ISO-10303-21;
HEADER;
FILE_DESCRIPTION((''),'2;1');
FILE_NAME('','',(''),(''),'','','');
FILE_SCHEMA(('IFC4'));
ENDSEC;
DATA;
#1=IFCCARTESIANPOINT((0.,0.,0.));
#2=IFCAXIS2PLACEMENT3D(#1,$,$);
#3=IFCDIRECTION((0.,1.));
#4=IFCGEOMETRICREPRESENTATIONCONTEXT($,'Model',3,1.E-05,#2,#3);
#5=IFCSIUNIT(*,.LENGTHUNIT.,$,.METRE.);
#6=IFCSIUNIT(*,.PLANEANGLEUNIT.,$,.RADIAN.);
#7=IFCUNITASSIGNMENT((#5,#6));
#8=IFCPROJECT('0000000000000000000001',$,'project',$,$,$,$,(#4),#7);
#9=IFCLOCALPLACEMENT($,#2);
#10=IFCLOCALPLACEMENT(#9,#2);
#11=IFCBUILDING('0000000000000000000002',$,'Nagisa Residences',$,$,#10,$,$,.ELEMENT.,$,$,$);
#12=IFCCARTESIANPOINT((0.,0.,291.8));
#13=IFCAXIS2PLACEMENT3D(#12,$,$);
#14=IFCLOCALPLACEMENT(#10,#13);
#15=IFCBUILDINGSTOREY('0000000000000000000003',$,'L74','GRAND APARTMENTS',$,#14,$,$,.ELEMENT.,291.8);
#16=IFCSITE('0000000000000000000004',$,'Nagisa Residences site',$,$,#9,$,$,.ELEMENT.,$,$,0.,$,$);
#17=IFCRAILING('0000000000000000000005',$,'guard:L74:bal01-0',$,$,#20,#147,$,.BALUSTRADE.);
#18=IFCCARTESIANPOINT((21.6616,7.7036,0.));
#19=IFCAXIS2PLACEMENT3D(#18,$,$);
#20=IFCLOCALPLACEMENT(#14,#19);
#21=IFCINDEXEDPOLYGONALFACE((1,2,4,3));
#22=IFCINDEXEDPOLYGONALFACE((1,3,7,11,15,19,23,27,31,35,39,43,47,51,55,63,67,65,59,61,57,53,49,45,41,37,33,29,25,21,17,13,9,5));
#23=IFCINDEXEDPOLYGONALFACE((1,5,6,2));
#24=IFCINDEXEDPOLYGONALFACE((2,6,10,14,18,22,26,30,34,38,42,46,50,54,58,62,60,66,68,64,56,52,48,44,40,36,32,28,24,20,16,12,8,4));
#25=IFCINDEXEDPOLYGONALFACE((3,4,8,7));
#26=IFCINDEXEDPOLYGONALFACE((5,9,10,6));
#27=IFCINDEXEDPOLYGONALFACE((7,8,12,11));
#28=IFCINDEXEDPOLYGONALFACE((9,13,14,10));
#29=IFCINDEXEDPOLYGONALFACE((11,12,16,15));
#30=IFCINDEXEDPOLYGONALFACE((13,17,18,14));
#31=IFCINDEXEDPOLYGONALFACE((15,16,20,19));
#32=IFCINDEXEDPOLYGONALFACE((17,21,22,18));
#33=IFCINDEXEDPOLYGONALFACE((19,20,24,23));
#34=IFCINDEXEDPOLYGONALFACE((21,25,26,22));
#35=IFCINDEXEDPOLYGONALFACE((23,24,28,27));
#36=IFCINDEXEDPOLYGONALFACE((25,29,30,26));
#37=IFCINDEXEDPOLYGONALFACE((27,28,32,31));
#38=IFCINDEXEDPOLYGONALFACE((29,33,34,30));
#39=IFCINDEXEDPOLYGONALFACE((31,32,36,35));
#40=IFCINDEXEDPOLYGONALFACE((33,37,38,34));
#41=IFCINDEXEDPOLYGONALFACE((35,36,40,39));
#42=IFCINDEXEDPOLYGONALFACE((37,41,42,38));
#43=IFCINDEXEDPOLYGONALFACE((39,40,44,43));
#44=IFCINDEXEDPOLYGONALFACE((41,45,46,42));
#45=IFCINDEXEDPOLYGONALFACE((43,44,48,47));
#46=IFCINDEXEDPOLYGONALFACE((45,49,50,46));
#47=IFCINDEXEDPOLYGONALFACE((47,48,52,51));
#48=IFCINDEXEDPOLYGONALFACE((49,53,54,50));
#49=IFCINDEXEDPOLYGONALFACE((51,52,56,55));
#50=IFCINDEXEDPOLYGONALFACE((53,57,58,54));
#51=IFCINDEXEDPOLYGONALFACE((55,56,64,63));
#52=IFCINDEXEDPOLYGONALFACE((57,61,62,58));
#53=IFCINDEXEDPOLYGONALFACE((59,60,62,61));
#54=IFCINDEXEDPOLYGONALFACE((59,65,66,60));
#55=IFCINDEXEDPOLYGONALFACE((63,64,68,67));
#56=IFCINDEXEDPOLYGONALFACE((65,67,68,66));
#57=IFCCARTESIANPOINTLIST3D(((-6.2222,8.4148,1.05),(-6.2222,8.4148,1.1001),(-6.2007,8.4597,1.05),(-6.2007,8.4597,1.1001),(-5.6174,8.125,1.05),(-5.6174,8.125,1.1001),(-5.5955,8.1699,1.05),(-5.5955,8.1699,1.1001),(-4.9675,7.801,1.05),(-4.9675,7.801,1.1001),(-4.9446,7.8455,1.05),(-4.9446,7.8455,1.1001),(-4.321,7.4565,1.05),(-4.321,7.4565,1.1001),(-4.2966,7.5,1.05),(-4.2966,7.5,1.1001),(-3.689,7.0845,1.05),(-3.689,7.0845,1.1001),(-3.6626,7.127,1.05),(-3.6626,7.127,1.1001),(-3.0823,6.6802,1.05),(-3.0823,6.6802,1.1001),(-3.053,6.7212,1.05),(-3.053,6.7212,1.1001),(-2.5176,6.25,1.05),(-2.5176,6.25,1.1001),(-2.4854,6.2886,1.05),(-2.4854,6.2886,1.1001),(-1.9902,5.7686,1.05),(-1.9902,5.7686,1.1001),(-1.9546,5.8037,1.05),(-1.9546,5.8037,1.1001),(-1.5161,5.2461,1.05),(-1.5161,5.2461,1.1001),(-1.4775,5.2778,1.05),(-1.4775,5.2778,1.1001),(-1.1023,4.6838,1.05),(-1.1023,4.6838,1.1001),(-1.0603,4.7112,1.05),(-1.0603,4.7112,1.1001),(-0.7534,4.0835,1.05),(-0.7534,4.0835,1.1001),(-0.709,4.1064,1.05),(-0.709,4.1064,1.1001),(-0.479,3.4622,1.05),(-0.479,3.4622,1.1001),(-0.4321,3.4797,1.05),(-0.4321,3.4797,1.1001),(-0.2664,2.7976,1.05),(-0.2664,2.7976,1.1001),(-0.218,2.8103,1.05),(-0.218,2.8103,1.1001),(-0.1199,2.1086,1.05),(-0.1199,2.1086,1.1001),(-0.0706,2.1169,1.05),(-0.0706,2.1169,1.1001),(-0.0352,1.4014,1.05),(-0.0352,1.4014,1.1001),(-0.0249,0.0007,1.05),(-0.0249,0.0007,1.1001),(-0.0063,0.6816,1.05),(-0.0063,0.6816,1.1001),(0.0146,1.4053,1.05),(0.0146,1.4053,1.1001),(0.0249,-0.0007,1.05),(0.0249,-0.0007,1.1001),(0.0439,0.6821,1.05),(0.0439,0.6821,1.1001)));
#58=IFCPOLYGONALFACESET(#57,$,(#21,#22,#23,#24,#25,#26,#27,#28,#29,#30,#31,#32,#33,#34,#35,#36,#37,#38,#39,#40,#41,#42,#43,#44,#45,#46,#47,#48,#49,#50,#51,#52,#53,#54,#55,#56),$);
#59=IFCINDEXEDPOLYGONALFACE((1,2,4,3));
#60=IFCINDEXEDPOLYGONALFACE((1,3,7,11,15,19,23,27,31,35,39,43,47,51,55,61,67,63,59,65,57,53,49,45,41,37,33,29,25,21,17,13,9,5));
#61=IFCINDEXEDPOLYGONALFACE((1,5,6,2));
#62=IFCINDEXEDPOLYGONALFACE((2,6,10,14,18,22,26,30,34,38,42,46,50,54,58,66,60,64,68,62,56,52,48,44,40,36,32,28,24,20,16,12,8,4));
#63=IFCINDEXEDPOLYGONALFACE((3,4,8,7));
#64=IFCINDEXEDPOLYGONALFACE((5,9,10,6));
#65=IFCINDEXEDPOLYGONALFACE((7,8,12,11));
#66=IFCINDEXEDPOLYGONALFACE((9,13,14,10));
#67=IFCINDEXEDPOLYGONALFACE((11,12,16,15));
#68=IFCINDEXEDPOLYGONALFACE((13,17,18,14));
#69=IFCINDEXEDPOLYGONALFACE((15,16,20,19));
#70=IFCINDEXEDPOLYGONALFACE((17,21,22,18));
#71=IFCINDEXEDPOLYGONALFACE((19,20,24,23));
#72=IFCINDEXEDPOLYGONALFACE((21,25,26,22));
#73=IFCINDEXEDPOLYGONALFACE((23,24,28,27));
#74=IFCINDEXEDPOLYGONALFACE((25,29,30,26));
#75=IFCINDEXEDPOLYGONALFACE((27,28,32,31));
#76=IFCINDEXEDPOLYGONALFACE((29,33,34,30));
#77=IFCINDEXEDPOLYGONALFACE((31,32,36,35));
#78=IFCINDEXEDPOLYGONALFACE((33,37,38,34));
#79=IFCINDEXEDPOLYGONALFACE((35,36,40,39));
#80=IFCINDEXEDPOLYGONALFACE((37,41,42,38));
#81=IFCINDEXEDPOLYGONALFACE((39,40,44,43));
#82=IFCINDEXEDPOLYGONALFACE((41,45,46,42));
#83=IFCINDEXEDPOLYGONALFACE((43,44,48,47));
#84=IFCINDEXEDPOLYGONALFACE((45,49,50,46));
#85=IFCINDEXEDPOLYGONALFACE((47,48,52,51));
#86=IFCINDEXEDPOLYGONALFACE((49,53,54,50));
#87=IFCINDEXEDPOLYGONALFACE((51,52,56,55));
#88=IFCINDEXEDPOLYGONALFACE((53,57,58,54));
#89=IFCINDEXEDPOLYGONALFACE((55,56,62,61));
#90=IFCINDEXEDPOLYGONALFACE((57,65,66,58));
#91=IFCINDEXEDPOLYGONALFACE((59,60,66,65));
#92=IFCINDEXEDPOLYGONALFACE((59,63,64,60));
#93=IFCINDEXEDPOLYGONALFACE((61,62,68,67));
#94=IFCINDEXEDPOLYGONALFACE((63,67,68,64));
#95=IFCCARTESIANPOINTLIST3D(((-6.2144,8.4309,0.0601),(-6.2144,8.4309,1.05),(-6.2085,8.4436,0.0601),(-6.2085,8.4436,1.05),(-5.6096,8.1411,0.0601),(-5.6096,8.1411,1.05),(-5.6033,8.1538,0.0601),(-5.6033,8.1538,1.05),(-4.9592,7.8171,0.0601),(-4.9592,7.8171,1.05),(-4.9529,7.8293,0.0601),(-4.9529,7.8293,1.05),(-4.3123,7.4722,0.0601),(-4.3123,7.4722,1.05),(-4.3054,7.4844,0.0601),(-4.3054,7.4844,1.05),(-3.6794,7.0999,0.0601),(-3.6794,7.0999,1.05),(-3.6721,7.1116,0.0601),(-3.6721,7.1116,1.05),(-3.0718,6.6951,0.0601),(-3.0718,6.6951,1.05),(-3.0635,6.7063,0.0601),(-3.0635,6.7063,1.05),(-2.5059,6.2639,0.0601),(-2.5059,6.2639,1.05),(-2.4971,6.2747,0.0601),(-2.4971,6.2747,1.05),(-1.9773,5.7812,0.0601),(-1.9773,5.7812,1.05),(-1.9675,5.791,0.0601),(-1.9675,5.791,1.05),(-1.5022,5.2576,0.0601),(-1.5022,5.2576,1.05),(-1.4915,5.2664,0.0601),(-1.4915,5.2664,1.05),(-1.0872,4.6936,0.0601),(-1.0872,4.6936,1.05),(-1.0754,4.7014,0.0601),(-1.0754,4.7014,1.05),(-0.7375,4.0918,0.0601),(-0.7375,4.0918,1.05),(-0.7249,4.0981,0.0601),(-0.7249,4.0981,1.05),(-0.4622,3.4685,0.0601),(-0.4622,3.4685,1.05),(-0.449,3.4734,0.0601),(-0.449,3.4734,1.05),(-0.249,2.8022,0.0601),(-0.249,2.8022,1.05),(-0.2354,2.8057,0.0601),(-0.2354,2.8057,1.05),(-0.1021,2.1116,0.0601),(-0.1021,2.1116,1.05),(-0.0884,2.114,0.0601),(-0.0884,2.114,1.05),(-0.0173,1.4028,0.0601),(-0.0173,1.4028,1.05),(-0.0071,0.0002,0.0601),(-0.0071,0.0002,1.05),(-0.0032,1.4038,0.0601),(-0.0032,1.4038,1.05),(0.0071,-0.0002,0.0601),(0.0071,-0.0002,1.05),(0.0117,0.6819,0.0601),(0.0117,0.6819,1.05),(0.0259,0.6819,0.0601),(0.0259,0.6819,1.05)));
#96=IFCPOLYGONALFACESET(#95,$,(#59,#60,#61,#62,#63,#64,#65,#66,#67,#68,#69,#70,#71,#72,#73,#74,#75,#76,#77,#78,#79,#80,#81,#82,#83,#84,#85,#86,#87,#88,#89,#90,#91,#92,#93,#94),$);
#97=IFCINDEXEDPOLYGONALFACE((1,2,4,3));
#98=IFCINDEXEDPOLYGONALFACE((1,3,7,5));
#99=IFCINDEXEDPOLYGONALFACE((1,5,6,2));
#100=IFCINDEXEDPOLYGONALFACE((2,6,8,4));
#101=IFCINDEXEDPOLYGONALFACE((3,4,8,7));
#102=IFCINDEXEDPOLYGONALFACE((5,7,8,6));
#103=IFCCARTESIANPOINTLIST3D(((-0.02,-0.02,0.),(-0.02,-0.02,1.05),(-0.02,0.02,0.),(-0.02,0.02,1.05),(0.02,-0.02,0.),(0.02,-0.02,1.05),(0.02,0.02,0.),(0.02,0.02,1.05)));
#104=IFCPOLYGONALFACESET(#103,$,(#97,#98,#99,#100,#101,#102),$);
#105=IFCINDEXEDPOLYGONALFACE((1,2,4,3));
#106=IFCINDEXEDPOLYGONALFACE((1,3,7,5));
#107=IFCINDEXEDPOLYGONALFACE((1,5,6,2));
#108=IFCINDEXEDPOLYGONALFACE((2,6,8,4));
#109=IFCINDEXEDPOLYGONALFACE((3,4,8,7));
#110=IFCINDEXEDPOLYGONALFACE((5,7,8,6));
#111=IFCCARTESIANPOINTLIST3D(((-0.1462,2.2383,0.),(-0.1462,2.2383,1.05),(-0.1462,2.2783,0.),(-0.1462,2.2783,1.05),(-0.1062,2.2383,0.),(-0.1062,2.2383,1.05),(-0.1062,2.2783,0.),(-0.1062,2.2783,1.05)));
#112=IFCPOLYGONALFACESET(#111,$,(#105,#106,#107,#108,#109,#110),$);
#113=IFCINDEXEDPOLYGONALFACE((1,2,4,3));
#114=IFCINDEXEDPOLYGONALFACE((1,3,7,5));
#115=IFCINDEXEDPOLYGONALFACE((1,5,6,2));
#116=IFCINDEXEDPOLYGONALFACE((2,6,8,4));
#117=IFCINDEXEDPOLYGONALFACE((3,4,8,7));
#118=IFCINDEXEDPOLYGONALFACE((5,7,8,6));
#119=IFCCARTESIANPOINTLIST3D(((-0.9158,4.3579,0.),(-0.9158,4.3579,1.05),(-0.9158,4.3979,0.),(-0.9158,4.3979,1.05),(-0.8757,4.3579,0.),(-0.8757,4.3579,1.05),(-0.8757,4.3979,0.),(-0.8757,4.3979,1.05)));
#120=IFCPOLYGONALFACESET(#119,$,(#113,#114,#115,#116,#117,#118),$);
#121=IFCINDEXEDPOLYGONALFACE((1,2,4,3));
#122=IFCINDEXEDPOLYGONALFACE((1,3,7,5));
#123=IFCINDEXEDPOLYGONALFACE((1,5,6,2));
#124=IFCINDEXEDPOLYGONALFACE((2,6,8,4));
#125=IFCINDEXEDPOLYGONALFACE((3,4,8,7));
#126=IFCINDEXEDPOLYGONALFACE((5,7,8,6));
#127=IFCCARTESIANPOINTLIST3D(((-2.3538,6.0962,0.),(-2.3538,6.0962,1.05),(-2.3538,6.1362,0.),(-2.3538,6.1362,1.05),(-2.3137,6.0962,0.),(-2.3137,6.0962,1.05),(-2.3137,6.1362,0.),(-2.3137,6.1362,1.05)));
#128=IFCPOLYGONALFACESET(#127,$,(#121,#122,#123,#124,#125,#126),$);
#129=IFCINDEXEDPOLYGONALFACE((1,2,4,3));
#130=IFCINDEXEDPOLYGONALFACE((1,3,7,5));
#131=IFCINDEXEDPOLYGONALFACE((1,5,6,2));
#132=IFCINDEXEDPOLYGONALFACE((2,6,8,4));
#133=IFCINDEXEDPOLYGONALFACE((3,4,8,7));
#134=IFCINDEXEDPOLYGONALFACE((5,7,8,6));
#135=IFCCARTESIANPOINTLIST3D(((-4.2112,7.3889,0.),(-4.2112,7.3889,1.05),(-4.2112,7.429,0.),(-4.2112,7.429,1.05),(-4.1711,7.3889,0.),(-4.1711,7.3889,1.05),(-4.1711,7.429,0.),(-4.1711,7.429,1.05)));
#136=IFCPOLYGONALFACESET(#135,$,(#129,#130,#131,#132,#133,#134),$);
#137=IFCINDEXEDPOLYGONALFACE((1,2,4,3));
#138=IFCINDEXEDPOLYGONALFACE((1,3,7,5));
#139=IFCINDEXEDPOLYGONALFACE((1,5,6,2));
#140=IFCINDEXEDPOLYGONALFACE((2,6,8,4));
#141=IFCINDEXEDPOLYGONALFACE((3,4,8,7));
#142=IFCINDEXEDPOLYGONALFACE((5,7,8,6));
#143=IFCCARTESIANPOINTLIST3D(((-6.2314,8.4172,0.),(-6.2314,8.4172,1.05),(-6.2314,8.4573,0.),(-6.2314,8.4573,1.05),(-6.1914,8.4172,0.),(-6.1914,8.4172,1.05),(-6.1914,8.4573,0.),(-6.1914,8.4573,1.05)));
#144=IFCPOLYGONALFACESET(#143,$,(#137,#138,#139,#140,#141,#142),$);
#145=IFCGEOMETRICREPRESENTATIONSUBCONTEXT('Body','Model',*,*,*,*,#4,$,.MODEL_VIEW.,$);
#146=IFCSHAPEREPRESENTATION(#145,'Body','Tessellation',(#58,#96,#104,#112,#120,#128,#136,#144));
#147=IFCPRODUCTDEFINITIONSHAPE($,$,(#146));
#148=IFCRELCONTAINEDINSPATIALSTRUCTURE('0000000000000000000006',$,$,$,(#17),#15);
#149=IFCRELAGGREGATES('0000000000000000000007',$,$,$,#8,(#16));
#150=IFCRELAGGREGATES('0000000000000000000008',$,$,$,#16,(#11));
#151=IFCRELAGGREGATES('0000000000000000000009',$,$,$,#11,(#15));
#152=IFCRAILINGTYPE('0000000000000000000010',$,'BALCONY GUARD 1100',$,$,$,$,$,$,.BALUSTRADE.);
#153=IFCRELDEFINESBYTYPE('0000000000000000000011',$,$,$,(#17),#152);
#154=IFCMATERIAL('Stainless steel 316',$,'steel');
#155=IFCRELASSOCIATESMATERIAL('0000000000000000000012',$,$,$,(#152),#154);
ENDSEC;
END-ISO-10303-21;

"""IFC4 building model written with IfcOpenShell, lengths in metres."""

from ifc_helpers import new_model, si_unit, direction, frame, origin, origin_2d, place, context, subcontext, project, spatial, polyline, rectangle, outline, extrude, material, type_object, element, save


model = new_model("IFC4")

# Units and contexts
model_context = context("Model", 3, precision=1e-05, world=origin(), true_north=direction((0.0, 1.0)))
body_context = subcontext(model_context, "Body", "Model", "MODEL_VIEW")
ifc_project = project(units=[si_unit("LENGTHUNIT", "METRE"), si_unit("PLANEANGLEUNIT", "RADIAN")], contexts=[model_context])

# Site, building, storey
site_placement = place(None, origin())
site = spatial("IfcSite", under=ifc_project, at=site_placement, Name="Nagisa Residences site", CompositionType="ELEMENT", RefElevation=0.0)
building_placement = place(site_placement, origin())
building = spatial("IfcBuilding", under=site, at=building_placement, Name="Nagisa Residences", CompositionType="ELEMENT")
storey_placement = place(building_placement, frame((0.0, 0.0, 291.8)))
storey = spatial("IfcBuildingStorey", under=building, at=storey_placement, Name="L74", Description="GRAND APARTMENTS", CompositionType="ELEMENT", Elevation=291.8)

# Railing
ifc_material_1 = material(Name="Stainless steel 316", Category="steel")
railing_type_1 = type_object("IfcRailingType", Name="BALCONY GUARD 1100", PredefinedType="BALUSTRADE", material=ifc_material_1)
railing_1_placement = place(storey_placement, frame((21.6616, 7.7036, 0.0)))
element("IfcRailing", 1, at=railing_1_placement, inside=storey, type_object=railing_type_1, Name="guard:L74:bal01-0", PredefinedType="BALUSTRADE", context=body_context, shape_type="SweptSolid", body=[
    extrude(outline(polyline([(-0.0063, 0.6816), (-0.0249, 0.0007), (0.0249, -0.0007), (0.0439, 0.6821), (0.0146, 1.4053), (-0.0706, 2.1169), (-0.218, 2.8103), (-0.4321, 3.4797), (-0.709, 4.1064), (-1.0603, 4.7112), (-1.4775, 5.2778), (-1.9546, 5.8037), (-2.4854, 6.2886), (-3.053, 6.7212), (-3.6626, 7.127), (-4.2966, 7.5), (-4.9446, 7.8455), (-5.5955, 8.1699), (-6.2007, 8.4597), (-6.2222, 8.4148), (-5.6174, 8.125), (-4.9675, 7.801), (-4.321, 7.4565), (-3.689, 7.0845), (-3.0823, 6.6802), (-2.5176, 6.25), (-1.9902, 5.7686), (-1.5161, 5.2461), (-1.1023, 4.6838), (-0.7534, 4.0835), (-0.479, 3.4622), (-0.2664, 2.7976), (-0.1199, 2.1086), (-0.0352, 1.4014), (-0.0063, 0.6816)])), frame((0.0, 0.0, 1.05)), (0.0, 0.0, 1.0), 0.05),
    extrude(outline(polyline([(0.0117, 0.6819), (-0.0071, 0.0002), (0.0071, -0.0002), (0.0259, 0.6819), (-0.0032, 1.4038), (-0.0884, 2.114), (-0.2354, 2.8057), (-0.449, 3.4734), (-0.7249, 4.0981), (-1.0754, 4.7014), (-1.4915, 5.2664), (-1.9675, 5.791), (-2.4971, 6.2747), (-3.0635, 6.7063), (-3.6721, 7.1116), (-4.3054, 7.4844), (-4.9529, 7.8293), (-5.6033, 8.1538), (-6.2085, 8.4436), (-6.2144, 8.4309), (-5.6096, 8.1411), (-4.9592, 7.8171), (-4.3123, 7.4722), (-3.6794, 7.0999), (-3.0718, 6.6951), (-2.5059, 6.2639), (-1.9773, 5.7812), (-1.5022, 5.2576), (-1.0872, 4.6936), (-0.7375, 4.0918), (-0.4622, 3.4685), (-0.249, 2.8022), (-0.1021, 2.1116), (-0.0173, 1.4028), (0.0117, 0.6819)])), frame((0.0, 0.0, 0.0601)), (0.0, 0.0, 1.0), 0.99),
    extrude(rectangle(XDim=0.04, YDim=0.04, at=origin_2d()), origin(), (0.0, 0.0, 1.0), 1.05),
    extrude(rectangle(XDim=0.04, YDim=0.04, at=origin_2d()), frame((-0.1262, 2.2583, 0.0)), (0.0, 0.0, 1.0), 1.05),
    extrude(rectangle(XDim=0.04, YDim=0.04, at=origin_2d()), frame((-0.8958, 4.3779, 0.0)), (0.0, 0.0, 1.0), 1.05),
    extrude(rectangle(XDim=0.04, YDim=0.04, at=origin_2d()), frame((-2.3337, 6.1162, 0.0)), (0.0, 0.0, 1.0), 1.05),
    extrude(rectangle(XDim=0.04, YDim=0.04, at=origin_2d()), frame((-4.1912, 7.4089, 0.0)), (0.0, 0.0, 1.0), 1.05),
    extrude(rectangle(XDim=0.04, YDim=0.04, at=origin_2d()), frame((-6.2114, 8.4373, 0.0)), (0.0, 0.0, 1.0), 1.05),
])

save(model, "model.ifc")
